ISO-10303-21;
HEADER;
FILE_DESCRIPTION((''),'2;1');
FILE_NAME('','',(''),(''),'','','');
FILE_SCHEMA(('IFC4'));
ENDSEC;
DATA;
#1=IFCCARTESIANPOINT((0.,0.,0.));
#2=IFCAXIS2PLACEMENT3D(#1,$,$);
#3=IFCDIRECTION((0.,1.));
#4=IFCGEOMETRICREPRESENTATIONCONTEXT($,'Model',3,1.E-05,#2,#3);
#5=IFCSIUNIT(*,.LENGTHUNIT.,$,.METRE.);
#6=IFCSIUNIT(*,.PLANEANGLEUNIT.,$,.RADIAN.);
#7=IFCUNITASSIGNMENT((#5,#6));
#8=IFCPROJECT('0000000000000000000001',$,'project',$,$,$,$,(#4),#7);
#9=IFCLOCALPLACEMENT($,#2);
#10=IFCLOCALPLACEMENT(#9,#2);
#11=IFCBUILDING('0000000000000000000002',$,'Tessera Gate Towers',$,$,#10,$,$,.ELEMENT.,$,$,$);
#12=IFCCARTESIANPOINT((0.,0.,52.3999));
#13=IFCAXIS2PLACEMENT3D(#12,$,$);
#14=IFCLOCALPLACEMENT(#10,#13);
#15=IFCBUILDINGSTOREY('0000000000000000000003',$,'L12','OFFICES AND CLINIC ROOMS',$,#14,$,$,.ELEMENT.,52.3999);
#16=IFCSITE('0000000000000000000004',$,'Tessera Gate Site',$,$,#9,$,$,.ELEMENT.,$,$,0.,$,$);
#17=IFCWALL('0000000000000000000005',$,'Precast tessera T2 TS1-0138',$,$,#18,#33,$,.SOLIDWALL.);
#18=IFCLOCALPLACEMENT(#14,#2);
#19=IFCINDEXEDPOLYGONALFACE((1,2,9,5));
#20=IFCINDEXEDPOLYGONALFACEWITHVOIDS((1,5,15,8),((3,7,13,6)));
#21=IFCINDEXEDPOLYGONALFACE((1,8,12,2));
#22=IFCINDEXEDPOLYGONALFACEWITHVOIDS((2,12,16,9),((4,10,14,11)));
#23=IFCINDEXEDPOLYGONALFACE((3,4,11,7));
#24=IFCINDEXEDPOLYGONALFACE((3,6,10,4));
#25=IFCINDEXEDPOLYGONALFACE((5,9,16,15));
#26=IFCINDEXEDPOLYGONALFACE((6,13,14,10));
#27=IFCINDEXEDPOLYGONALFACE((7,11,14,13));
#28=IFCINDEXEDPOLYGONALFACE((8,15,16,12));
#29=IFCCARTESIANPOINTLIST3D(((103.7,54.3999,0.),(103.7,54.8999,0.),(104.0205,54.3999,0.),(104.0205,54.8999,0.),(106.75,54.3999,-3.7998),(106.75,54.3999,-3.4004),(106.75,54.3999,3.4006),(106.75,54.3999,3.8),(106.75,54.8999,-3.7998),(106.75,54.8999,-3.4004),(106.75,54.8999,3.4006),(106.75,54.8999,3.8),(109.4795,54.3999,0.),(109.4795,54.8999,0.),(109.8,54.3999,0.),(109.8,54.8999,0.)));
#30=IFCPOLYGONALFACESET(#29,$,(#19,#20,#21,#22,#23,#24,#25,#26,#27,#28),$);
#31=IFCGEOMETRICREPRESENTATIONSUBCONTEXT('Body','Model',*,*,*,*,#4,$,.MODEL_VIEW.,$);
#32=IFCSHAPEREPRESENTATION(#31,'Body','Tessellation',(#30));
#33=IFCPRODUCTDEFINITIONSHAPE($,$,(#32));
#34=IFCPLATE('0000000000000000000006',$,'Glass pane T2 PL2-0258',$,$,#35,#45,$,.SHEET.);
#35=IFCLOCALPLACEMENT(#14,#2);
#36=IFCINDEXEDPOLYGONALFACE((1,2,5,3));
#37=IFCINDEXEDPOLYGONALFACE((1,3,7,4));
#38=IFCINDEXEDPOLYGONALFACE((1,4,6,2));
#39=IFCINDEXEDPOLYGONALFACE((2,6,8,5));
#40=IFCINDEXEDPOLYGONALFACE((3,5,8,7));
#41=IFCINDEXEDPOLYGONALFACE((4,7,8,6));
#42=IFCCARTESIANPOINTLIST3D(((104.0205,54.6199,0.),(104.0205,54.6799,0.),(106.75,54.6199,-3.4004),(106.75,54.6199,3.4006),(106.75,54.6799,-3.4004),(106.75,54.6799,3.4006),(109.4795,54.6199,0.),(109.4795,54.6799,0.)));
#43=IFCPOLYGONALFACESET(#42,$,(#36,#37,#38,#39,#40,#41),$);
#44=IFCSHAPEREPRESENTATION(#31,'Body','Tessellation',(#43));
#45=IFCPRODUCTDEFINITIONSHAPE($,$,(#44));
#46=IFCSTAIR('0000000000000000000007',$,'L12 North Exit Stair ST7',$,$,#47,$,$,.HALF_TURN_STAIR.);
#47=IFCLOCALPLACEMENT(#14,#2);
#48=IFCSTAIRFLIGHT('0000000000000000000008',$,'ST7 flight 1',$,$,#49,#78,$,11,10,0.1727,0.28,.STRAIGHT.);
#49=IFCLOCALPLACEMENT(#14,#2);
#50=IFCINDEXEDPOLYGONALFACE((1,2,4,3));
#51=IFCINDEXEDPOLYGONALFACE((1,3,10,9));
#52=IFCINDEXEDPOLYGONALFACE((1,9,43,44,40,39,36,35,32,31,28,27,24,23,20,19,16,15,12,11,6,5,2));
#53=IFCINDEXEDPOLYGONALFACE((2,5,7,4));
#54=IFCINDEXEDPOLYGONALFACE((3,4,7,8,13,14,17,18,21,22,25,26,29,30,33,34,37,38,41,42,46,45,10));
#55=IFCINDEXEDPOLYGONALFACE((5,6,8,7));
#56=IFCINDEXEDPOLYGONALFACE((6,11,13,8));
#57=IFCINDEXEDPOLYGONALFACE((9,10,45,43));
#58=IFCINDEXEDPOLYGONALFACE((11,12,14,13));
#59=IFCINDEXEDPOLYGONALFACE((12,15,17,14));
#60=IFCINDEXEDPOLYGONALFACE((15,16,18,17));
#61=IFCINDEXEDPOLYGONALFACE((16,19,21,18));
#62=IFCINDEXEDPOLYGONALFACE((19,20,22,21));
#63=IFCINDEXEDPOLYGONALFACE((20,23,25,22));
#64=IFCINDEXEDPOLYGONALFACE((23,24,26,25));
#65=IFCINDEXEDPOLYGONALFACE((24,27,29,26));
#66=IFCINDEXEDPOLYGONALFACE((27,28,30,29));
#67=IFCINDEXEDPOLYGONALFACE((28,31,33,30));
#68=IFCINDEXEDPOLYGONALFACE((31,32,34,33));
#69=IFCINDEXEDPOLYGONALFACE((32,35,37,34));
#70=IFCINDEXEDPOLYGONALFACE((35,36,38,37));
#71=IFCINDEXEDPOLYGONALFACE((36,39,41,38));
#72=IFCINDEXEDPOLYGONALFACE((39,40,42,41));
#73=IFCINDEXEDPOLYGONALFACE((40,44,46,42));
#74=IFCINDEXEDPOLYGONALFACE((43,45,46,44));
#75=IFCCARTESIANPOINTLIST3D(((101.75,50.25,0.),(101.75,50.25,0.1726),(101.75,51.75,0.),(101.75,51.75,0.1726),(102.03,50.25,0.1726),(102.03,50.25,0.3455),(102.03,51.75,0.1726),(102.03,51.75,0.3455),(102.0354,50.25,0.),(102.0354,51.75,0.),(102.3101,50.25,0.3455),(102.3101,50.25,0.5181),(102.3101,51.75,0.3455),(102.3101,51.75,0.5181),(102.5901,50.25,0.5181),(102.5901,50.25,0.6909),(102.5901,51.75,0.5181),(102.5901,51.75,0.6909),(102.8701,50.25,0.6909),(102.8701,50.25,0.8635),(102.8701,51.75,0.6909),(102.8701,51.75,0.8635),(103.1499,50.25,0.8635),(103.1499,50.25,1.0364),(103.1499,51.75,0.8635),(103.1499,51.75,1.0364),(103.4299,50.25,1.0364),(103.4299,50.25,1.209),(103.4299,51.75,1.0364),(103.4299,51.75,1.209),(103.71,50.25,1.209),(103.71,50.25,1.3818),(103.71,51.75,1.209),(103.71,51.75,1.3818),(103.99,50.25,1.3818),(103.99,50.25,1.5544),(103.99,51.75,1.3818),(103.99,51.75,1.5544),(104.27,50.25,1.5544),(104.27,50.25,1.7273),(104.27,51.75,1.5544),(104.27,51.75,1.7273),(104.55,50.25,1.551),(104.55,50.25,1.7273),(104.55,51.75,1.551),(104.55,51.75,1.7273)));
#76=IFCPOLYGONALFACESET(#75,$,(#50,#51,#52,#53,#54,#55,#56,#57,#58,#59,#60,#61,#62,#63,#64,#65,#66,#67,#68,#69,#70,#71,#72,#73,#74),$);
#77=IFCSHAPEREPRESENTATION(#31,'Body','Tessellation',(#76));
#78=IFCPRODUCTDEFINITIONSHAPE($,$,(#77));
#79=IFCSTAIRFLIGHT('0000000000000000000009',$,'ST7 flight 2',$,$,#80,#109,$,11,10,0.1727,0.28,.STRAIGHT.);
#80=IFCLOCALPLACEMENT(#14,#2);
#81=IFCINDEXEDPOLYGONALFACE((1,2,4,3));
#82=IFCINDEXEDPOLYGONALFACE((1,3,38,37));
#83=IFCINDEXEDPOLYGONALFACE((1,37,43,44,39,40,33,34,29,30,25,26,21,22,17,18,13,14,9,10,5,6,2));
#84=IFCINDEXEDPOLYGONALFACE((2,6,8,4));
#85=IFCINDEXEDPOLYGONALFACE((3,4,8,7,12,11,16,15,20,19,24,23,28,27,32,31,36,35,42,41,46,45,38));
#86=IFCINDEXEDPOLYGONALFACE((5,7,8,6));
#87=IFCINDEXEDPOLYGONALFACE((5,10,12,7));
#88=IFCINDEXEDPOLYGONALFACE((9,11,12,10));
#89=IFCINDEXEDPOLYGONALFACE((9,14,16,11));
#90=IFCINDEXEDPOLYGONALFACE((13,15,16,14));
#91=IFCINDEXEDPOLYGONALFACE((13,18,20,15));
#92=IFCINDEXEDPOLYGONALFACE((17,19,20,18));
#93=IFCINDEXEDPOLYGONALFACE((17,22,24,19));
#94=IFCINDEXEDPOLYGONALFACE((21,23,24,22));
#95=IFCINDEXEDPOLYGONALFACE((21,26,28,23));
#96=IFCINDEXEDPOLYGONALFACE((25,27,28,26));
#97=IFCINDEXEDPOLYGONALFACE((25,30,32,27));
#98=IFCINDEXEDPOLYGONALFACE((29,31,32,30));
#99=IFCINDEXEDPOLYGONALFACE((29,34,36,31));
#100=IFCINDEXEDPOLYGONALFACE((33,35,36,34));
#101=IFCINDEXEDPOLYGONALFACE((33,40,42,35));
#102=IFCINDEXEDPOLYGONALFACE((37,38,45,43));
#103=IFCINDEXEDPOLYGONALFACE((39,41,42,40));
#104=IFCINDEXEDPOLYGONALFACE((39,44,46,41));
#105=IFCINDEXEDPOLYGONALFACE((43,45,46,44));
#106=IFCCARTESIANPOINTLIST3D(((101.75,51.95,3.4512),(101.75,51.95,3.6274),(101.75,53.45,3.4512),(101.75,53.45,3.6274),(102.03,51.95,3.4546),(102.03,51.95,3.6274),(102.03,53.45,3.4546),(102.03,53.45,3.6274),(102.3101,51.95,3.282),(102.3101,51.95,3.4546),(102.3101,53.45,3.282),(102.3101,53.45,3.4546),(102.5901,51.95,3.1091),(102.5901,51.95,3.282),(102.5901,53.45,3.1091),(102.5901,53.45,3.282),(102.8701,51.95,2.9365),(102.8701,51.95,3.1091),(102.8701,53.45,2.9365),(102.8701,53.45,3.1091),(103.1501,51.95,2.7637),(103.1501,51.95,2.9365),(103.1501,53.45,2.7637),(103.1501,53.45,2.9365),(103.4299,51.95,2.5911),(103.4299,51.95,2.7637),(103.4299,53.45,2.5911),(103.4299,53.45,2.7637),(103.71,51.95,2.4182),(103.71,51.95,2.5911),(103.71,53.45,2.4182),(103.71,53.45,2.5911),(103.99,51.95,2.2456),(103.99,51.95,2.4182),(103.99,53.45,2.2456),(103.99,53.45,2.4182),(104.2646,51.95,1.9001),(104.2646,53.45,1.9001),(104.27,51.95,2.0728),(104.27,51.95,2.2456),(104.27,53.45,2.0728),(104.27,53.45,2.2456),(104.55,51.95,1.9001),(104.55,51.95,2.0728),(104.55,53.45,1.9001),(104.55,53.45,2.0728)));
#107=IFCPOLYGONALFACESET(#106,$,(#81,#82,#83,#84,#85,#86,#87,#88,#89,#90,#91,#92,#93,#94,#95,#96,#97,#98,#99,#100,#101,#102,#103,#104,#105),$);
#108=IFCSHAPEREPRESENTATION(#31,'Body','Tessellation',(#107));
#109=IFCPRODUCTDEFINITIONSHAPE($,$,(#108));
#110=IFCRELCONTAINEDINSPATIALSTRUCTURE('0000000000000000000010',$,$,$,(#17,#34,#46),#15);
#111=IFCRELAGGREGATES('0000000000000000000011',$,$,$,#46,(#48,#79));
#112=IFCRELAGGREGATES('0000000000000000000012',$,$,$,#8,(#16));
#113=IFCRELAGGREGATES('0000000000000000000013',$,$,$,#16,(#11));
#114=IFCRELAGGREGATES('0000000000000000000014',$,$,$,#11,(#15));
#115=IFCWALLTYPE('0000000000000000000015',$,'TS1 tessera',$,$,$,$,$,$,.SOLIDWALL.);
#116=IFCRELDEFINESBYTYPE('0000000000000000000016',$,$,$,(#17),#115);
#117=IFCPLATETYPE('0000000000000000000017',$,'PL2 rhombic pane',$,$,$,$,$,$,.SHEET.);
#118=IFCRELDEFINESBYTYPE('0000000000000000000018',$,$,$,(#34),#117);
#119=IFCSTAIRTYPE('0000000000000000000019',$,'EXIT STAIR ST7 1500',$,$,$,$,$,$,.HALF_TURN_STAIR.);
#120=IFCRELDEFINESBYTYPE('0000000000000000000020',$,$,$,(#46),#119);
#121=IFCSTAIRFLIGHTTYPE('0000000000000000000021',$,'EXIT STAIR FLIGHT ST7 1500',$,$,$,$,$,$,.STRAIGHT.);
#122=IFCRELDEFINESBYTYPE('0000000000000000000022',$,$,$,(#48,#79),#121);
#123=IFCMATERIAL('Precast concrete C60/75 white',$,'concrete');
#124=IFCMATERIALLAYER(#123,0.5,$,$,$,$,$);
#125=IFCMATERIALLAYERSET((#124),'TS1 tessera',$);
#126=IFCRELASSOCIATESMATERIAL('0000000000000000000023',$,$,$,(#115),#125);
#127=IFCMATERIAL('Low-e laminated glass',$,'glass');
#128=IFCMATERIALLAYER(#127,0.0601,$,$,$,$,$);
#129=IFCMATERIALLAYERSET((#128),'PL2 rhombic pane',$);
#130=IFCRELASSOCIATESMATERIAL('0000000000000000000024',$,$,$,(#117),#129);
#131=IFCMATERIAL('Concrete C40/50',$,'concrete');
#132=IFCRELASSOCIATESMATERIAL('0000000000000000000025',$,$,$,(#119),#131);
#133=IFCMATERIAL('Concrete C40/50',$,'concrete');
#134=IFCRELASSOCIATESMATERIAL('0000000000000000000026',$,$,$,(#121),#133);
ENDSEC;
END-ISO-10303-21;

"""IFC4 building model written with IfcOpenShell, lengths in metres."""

from ifc_helpers import new_model, si_unit, direction, frame, origin, place, context, subcontext, project, spatial, polyline, outline, extrude, source, transform, mapped, material, layer, layer_set, type_object, element, fill, aggregate, save


model = new_model("IFC4")

# Units and contexts
model_context = context("Model", 3, precision=1e-05, world=origin(), true_north=direction((0.0, 1.0)))
body_context = subcontext(model_context, "Body", "Model", "MODEL_VIEW")
ifc_project = project(units=[si_unit("LENGTHUNIT", "METRE"), si_unit("PLANEANGLEUNIT", "RADIAN")], contexts=[model_context])

# Site, building, storey
site_placement = place(None, origin())
site = spatial("IfcSite", under=ifc_project, at=site_placement, Name="Tessera Gate Site", CompositionType="ELEMENT", RefElevation=0.0)
building_placement = place(site_placement, origin())
building = spatial("IfcBuilding", under=site, at=building_placement, Name="Tessera Gate Towers", CompositionType="ELEMENT")
storey_placement = place(building_placement, frame((0.0, 0.0, 52.3999)))
storey = spatial("IfcBuildingStorey", under=building, at=storey_placement, Name="L12", Description="OFFICES AND CLINIC ROOMS", CompositionType="ELEMENT", Elevation=52.3999)

# Wall, opening, plate
ifc_material_1 = material(Name="Precast concrete C60/75 white", Category="concrete")
ifc_layer_1 = layer(ifc_material_1, 0.5)
ifc_layer_set_1 = layer_set([ifc_layer_1], Name="TS1 tessera")
wall_type_1 = type_object("IfcWallType", Name="TS1 tessera", PredefinedType="SOLIDWALL", material=ifc_layer_set_1)
shared_shape_1 = source(origin(), body_context, "Body", "SweptSolid", [
    extrude(outline(polyline([(3.05, 0.0), (6.1001, 3.7998), (3.05, 7.5999), (0.0, 3.7998), (3.05, 0.0)])), frame((0.0, 0.25, 0.0), z_axis=(0.0, -1.0, 0.0), x_axis=(1.0, 0.0, 0.0)), (0.0, 0.0, 1.0), 0.5),
])
wall_1_placement = place(storey_placement, frame((109.8, 54.6499, -3.7998), z_axis=(0.0, 0.0, 1.0), x_axis=(-1.0, 0.0, 0.0)))
wall_1 = element("IfcWall", 1, at=wall_1_placement, inside=storey, type_object=wall_type_1, Name="Precast tessera T2 TS1-0138", PredefinedType="SOLIDWALL", context=body_context, shape_type="MappedRepresentation", body=[
    mapped(shared_shape_1, transform((0.0, 0.0, 0.0), scale=1.0)),
])
shared_shape_2 = source(origin(), body_context, "Body", "SweptSolid", [
    extrude(outline(polyline([(3.05, 0.3994), (5.7795, 3.7998), (3.05, 7.2004), (0.3206, 3.7998), (3.05, 0.3994)])), frame((0.0, 0.26, 0.0), z_axis=(0.0, -1.0, 0.0), x_axis=(1.0, 0.0, 0.0)), (0.0, 0.0, 1.0), 0.52),
])
opening_1_placement = place(wall_1_placement, origin())
opening_1 = element("IfcOpeningElement", 2, at=opening_1_placement, cuts=wall_1, PredefinedType="OPENING", context=body_context, shape_type="MappedRepresentation", body=[
    mapped(shared_shape_2, transform((0.0, 0.0, 0.0), scale=1.0)),
])
ifc_material_2 = material(Name="Low-e laminated glass", Category="glass")
ifc_layer_2 = layer(ifc_material_2, 0.0601)
ifc_layer_set_2 = layer_set([ifc_layer_2], Name="PL2 rhombic pane")
plate_type = type_object("IfcPlateType", Name="PL2 rhombic pane", PredefinedType="SHEET", material=ifc_layer_set_2)
shared_shape_3 = source(origin(), body_context, "Body", "SweptSolid", [
    extrude(outline(polyline([(3.05, 0.3994), (5.7795, 3.7998), (3.05, 7.2004), (0.3206, 3.7998), (3.05, 0.3994)])), frame((0.0, 0.03, 0.0), z_axis=(0.0, -1.0, 0.0), x_axis=(1.0, 0.0, 0.0)), (0.0, 0.0, 1.0), 0.0601),
])
plate_placement = place(opening_1_placement, origin())
plate = element("IfcPlate", 3, at=plate_placement, inside=storey, type_object=plate_type, Name="Glass pane T2 PL2-0258", PredefinedType="SHEET", context=body_context, shape_type="MappedRepresentation", body=[
    mapped(shared_shape_3, transform((0.0, 0.0, 0.0), scale=1.0)),
])
fill(opening_1, plate)

# Stair, stair flights
ifc_material_3 = material(Name="Concrete C40/50", Category="concrete")
stair_type = type_object("IfcStairType", Name="EXIT STAIR ST7 1500", PredefinedType="HALF_TURN_STAIR", material=ifc_material_3)
stair_placement = place(storey_placement, origin())
stair = element("IfcStair", 4, at=stair_placement, inside=storey, type_object=stair_type, Name="L12 North Exit Stair ST7", PredefinedType="HALF_TURN_STAIR")
ifc_material_4 = material(Name="Concrete C40/50", Category="concrete")
stair_flight_type = type_object("IfcStairFlightType", Name="EXIT STAIR FLIGHT ST7 1500", PredefinedType="STRAIGHT", material=ifc_material_4)
stair_flight_1_placement = place(storey_placement, frame((101.75, 51.0, 0.0), z_axis=(0.0, 0.0, 1.0), x_axis=(1.0, 0.0, 0.0)))
stair_flight_1 = element("IfcStairFlight", 5, at=stair_flight_1_placement, type_object=stair_flight_type, Name="ST7 flight 1", NumberOfRisers=11, NumberOfTreads=10, PredefinedType="STRAIGHT", RiserHeight=0.1727, TreadLength=0.28, context=body_context, shape_type="SweptSolid", body=[
    extrude(outline(polyline([(0.0, 0.0), (0.0, 0.1726), (0.28, 0.1726), (0.28, 0.3455), (0.5601, 0.3455), (0.5601, 0.5181), (0.8401, 0.5181), (0.8401, 0.6909), (1.1201, 0.6909), (1.1201, 0.8635), (1.3999, 0.8635), (1.3999, 1.0364), (1.6799, 1.0364), (1.6799, 1.209), (1.96, 1.209), (1.96, 1.3818), (2.24, 1.3818), (2.24, 1.5544), (2.52, 1.5544), (2.52, 1.7273), (2.8, 1.7273), (2.8, 1.8999), (2.8, 1.551), (0.2854, 0.0), (0.0, 0.0)])), frame((0.0, 0.75, 0.0), z_axis=(0.0, -1.0, 0.0), x_axis=(1.0, 0.0, 0.0)), (0.0, 0.0, 1.0), 1.5),
])
stair_flight_2_placement = place(storey_placement, frame((104.55, 52.7, 1.9001), z_axis=(0.0, 0.0, 1.0), x_axis=(-1.0, 0.0, 0.0)))
stair_flight_2 = element("IfcStairFlight", 6, at=stair_flight_2_placement, type_object=stair_flight_type, Name="ST7 flight 2", NumberOfRisers=11, NumberOfTreads=10, PredefinedType="STRAIGHT", RiserHeight=0.1727, TreadLength=0.28, context=body_context, shape_type="SweptSolid", body=[
    extrude(outline(polyline([(0.0, 0.0), (0.0, 0.1726), (0.28, 0.1726), (0.28, 0.3455), (0.5601, 0.3455), (0.5601, 0.5181), (0.8401, 0.5181), (0.8401, 0.6909), (1.1201, 0.6909), (1.1201, 0.8635), (1.3999, 0.8635), (1.3999, 1.0364), (1.6799, 1.0364), (1.6799, 1.209), (1.96, 1.209), (1.96, 1.3818), (2.24, 1.3818), (2.24, 1.5544), (2.52, 1.5544), (2.52, 1.7273), (2.8, 1.7273), (2.8, 1.8999), (2.8, 1.551), (0.2854, 0.0), (0.0, 0.0)])), frame((0.0, 0.75, 0.0), z_axis=(0.0, -1.0, 0.0), x_axis=(1.0, 0.0, 0.0)), (0.0, 0.0, 1.0), 1.5),
])
aggregate(stair, [stair_flight_1, stair_flight_2])

save(model, "model.ifc")
